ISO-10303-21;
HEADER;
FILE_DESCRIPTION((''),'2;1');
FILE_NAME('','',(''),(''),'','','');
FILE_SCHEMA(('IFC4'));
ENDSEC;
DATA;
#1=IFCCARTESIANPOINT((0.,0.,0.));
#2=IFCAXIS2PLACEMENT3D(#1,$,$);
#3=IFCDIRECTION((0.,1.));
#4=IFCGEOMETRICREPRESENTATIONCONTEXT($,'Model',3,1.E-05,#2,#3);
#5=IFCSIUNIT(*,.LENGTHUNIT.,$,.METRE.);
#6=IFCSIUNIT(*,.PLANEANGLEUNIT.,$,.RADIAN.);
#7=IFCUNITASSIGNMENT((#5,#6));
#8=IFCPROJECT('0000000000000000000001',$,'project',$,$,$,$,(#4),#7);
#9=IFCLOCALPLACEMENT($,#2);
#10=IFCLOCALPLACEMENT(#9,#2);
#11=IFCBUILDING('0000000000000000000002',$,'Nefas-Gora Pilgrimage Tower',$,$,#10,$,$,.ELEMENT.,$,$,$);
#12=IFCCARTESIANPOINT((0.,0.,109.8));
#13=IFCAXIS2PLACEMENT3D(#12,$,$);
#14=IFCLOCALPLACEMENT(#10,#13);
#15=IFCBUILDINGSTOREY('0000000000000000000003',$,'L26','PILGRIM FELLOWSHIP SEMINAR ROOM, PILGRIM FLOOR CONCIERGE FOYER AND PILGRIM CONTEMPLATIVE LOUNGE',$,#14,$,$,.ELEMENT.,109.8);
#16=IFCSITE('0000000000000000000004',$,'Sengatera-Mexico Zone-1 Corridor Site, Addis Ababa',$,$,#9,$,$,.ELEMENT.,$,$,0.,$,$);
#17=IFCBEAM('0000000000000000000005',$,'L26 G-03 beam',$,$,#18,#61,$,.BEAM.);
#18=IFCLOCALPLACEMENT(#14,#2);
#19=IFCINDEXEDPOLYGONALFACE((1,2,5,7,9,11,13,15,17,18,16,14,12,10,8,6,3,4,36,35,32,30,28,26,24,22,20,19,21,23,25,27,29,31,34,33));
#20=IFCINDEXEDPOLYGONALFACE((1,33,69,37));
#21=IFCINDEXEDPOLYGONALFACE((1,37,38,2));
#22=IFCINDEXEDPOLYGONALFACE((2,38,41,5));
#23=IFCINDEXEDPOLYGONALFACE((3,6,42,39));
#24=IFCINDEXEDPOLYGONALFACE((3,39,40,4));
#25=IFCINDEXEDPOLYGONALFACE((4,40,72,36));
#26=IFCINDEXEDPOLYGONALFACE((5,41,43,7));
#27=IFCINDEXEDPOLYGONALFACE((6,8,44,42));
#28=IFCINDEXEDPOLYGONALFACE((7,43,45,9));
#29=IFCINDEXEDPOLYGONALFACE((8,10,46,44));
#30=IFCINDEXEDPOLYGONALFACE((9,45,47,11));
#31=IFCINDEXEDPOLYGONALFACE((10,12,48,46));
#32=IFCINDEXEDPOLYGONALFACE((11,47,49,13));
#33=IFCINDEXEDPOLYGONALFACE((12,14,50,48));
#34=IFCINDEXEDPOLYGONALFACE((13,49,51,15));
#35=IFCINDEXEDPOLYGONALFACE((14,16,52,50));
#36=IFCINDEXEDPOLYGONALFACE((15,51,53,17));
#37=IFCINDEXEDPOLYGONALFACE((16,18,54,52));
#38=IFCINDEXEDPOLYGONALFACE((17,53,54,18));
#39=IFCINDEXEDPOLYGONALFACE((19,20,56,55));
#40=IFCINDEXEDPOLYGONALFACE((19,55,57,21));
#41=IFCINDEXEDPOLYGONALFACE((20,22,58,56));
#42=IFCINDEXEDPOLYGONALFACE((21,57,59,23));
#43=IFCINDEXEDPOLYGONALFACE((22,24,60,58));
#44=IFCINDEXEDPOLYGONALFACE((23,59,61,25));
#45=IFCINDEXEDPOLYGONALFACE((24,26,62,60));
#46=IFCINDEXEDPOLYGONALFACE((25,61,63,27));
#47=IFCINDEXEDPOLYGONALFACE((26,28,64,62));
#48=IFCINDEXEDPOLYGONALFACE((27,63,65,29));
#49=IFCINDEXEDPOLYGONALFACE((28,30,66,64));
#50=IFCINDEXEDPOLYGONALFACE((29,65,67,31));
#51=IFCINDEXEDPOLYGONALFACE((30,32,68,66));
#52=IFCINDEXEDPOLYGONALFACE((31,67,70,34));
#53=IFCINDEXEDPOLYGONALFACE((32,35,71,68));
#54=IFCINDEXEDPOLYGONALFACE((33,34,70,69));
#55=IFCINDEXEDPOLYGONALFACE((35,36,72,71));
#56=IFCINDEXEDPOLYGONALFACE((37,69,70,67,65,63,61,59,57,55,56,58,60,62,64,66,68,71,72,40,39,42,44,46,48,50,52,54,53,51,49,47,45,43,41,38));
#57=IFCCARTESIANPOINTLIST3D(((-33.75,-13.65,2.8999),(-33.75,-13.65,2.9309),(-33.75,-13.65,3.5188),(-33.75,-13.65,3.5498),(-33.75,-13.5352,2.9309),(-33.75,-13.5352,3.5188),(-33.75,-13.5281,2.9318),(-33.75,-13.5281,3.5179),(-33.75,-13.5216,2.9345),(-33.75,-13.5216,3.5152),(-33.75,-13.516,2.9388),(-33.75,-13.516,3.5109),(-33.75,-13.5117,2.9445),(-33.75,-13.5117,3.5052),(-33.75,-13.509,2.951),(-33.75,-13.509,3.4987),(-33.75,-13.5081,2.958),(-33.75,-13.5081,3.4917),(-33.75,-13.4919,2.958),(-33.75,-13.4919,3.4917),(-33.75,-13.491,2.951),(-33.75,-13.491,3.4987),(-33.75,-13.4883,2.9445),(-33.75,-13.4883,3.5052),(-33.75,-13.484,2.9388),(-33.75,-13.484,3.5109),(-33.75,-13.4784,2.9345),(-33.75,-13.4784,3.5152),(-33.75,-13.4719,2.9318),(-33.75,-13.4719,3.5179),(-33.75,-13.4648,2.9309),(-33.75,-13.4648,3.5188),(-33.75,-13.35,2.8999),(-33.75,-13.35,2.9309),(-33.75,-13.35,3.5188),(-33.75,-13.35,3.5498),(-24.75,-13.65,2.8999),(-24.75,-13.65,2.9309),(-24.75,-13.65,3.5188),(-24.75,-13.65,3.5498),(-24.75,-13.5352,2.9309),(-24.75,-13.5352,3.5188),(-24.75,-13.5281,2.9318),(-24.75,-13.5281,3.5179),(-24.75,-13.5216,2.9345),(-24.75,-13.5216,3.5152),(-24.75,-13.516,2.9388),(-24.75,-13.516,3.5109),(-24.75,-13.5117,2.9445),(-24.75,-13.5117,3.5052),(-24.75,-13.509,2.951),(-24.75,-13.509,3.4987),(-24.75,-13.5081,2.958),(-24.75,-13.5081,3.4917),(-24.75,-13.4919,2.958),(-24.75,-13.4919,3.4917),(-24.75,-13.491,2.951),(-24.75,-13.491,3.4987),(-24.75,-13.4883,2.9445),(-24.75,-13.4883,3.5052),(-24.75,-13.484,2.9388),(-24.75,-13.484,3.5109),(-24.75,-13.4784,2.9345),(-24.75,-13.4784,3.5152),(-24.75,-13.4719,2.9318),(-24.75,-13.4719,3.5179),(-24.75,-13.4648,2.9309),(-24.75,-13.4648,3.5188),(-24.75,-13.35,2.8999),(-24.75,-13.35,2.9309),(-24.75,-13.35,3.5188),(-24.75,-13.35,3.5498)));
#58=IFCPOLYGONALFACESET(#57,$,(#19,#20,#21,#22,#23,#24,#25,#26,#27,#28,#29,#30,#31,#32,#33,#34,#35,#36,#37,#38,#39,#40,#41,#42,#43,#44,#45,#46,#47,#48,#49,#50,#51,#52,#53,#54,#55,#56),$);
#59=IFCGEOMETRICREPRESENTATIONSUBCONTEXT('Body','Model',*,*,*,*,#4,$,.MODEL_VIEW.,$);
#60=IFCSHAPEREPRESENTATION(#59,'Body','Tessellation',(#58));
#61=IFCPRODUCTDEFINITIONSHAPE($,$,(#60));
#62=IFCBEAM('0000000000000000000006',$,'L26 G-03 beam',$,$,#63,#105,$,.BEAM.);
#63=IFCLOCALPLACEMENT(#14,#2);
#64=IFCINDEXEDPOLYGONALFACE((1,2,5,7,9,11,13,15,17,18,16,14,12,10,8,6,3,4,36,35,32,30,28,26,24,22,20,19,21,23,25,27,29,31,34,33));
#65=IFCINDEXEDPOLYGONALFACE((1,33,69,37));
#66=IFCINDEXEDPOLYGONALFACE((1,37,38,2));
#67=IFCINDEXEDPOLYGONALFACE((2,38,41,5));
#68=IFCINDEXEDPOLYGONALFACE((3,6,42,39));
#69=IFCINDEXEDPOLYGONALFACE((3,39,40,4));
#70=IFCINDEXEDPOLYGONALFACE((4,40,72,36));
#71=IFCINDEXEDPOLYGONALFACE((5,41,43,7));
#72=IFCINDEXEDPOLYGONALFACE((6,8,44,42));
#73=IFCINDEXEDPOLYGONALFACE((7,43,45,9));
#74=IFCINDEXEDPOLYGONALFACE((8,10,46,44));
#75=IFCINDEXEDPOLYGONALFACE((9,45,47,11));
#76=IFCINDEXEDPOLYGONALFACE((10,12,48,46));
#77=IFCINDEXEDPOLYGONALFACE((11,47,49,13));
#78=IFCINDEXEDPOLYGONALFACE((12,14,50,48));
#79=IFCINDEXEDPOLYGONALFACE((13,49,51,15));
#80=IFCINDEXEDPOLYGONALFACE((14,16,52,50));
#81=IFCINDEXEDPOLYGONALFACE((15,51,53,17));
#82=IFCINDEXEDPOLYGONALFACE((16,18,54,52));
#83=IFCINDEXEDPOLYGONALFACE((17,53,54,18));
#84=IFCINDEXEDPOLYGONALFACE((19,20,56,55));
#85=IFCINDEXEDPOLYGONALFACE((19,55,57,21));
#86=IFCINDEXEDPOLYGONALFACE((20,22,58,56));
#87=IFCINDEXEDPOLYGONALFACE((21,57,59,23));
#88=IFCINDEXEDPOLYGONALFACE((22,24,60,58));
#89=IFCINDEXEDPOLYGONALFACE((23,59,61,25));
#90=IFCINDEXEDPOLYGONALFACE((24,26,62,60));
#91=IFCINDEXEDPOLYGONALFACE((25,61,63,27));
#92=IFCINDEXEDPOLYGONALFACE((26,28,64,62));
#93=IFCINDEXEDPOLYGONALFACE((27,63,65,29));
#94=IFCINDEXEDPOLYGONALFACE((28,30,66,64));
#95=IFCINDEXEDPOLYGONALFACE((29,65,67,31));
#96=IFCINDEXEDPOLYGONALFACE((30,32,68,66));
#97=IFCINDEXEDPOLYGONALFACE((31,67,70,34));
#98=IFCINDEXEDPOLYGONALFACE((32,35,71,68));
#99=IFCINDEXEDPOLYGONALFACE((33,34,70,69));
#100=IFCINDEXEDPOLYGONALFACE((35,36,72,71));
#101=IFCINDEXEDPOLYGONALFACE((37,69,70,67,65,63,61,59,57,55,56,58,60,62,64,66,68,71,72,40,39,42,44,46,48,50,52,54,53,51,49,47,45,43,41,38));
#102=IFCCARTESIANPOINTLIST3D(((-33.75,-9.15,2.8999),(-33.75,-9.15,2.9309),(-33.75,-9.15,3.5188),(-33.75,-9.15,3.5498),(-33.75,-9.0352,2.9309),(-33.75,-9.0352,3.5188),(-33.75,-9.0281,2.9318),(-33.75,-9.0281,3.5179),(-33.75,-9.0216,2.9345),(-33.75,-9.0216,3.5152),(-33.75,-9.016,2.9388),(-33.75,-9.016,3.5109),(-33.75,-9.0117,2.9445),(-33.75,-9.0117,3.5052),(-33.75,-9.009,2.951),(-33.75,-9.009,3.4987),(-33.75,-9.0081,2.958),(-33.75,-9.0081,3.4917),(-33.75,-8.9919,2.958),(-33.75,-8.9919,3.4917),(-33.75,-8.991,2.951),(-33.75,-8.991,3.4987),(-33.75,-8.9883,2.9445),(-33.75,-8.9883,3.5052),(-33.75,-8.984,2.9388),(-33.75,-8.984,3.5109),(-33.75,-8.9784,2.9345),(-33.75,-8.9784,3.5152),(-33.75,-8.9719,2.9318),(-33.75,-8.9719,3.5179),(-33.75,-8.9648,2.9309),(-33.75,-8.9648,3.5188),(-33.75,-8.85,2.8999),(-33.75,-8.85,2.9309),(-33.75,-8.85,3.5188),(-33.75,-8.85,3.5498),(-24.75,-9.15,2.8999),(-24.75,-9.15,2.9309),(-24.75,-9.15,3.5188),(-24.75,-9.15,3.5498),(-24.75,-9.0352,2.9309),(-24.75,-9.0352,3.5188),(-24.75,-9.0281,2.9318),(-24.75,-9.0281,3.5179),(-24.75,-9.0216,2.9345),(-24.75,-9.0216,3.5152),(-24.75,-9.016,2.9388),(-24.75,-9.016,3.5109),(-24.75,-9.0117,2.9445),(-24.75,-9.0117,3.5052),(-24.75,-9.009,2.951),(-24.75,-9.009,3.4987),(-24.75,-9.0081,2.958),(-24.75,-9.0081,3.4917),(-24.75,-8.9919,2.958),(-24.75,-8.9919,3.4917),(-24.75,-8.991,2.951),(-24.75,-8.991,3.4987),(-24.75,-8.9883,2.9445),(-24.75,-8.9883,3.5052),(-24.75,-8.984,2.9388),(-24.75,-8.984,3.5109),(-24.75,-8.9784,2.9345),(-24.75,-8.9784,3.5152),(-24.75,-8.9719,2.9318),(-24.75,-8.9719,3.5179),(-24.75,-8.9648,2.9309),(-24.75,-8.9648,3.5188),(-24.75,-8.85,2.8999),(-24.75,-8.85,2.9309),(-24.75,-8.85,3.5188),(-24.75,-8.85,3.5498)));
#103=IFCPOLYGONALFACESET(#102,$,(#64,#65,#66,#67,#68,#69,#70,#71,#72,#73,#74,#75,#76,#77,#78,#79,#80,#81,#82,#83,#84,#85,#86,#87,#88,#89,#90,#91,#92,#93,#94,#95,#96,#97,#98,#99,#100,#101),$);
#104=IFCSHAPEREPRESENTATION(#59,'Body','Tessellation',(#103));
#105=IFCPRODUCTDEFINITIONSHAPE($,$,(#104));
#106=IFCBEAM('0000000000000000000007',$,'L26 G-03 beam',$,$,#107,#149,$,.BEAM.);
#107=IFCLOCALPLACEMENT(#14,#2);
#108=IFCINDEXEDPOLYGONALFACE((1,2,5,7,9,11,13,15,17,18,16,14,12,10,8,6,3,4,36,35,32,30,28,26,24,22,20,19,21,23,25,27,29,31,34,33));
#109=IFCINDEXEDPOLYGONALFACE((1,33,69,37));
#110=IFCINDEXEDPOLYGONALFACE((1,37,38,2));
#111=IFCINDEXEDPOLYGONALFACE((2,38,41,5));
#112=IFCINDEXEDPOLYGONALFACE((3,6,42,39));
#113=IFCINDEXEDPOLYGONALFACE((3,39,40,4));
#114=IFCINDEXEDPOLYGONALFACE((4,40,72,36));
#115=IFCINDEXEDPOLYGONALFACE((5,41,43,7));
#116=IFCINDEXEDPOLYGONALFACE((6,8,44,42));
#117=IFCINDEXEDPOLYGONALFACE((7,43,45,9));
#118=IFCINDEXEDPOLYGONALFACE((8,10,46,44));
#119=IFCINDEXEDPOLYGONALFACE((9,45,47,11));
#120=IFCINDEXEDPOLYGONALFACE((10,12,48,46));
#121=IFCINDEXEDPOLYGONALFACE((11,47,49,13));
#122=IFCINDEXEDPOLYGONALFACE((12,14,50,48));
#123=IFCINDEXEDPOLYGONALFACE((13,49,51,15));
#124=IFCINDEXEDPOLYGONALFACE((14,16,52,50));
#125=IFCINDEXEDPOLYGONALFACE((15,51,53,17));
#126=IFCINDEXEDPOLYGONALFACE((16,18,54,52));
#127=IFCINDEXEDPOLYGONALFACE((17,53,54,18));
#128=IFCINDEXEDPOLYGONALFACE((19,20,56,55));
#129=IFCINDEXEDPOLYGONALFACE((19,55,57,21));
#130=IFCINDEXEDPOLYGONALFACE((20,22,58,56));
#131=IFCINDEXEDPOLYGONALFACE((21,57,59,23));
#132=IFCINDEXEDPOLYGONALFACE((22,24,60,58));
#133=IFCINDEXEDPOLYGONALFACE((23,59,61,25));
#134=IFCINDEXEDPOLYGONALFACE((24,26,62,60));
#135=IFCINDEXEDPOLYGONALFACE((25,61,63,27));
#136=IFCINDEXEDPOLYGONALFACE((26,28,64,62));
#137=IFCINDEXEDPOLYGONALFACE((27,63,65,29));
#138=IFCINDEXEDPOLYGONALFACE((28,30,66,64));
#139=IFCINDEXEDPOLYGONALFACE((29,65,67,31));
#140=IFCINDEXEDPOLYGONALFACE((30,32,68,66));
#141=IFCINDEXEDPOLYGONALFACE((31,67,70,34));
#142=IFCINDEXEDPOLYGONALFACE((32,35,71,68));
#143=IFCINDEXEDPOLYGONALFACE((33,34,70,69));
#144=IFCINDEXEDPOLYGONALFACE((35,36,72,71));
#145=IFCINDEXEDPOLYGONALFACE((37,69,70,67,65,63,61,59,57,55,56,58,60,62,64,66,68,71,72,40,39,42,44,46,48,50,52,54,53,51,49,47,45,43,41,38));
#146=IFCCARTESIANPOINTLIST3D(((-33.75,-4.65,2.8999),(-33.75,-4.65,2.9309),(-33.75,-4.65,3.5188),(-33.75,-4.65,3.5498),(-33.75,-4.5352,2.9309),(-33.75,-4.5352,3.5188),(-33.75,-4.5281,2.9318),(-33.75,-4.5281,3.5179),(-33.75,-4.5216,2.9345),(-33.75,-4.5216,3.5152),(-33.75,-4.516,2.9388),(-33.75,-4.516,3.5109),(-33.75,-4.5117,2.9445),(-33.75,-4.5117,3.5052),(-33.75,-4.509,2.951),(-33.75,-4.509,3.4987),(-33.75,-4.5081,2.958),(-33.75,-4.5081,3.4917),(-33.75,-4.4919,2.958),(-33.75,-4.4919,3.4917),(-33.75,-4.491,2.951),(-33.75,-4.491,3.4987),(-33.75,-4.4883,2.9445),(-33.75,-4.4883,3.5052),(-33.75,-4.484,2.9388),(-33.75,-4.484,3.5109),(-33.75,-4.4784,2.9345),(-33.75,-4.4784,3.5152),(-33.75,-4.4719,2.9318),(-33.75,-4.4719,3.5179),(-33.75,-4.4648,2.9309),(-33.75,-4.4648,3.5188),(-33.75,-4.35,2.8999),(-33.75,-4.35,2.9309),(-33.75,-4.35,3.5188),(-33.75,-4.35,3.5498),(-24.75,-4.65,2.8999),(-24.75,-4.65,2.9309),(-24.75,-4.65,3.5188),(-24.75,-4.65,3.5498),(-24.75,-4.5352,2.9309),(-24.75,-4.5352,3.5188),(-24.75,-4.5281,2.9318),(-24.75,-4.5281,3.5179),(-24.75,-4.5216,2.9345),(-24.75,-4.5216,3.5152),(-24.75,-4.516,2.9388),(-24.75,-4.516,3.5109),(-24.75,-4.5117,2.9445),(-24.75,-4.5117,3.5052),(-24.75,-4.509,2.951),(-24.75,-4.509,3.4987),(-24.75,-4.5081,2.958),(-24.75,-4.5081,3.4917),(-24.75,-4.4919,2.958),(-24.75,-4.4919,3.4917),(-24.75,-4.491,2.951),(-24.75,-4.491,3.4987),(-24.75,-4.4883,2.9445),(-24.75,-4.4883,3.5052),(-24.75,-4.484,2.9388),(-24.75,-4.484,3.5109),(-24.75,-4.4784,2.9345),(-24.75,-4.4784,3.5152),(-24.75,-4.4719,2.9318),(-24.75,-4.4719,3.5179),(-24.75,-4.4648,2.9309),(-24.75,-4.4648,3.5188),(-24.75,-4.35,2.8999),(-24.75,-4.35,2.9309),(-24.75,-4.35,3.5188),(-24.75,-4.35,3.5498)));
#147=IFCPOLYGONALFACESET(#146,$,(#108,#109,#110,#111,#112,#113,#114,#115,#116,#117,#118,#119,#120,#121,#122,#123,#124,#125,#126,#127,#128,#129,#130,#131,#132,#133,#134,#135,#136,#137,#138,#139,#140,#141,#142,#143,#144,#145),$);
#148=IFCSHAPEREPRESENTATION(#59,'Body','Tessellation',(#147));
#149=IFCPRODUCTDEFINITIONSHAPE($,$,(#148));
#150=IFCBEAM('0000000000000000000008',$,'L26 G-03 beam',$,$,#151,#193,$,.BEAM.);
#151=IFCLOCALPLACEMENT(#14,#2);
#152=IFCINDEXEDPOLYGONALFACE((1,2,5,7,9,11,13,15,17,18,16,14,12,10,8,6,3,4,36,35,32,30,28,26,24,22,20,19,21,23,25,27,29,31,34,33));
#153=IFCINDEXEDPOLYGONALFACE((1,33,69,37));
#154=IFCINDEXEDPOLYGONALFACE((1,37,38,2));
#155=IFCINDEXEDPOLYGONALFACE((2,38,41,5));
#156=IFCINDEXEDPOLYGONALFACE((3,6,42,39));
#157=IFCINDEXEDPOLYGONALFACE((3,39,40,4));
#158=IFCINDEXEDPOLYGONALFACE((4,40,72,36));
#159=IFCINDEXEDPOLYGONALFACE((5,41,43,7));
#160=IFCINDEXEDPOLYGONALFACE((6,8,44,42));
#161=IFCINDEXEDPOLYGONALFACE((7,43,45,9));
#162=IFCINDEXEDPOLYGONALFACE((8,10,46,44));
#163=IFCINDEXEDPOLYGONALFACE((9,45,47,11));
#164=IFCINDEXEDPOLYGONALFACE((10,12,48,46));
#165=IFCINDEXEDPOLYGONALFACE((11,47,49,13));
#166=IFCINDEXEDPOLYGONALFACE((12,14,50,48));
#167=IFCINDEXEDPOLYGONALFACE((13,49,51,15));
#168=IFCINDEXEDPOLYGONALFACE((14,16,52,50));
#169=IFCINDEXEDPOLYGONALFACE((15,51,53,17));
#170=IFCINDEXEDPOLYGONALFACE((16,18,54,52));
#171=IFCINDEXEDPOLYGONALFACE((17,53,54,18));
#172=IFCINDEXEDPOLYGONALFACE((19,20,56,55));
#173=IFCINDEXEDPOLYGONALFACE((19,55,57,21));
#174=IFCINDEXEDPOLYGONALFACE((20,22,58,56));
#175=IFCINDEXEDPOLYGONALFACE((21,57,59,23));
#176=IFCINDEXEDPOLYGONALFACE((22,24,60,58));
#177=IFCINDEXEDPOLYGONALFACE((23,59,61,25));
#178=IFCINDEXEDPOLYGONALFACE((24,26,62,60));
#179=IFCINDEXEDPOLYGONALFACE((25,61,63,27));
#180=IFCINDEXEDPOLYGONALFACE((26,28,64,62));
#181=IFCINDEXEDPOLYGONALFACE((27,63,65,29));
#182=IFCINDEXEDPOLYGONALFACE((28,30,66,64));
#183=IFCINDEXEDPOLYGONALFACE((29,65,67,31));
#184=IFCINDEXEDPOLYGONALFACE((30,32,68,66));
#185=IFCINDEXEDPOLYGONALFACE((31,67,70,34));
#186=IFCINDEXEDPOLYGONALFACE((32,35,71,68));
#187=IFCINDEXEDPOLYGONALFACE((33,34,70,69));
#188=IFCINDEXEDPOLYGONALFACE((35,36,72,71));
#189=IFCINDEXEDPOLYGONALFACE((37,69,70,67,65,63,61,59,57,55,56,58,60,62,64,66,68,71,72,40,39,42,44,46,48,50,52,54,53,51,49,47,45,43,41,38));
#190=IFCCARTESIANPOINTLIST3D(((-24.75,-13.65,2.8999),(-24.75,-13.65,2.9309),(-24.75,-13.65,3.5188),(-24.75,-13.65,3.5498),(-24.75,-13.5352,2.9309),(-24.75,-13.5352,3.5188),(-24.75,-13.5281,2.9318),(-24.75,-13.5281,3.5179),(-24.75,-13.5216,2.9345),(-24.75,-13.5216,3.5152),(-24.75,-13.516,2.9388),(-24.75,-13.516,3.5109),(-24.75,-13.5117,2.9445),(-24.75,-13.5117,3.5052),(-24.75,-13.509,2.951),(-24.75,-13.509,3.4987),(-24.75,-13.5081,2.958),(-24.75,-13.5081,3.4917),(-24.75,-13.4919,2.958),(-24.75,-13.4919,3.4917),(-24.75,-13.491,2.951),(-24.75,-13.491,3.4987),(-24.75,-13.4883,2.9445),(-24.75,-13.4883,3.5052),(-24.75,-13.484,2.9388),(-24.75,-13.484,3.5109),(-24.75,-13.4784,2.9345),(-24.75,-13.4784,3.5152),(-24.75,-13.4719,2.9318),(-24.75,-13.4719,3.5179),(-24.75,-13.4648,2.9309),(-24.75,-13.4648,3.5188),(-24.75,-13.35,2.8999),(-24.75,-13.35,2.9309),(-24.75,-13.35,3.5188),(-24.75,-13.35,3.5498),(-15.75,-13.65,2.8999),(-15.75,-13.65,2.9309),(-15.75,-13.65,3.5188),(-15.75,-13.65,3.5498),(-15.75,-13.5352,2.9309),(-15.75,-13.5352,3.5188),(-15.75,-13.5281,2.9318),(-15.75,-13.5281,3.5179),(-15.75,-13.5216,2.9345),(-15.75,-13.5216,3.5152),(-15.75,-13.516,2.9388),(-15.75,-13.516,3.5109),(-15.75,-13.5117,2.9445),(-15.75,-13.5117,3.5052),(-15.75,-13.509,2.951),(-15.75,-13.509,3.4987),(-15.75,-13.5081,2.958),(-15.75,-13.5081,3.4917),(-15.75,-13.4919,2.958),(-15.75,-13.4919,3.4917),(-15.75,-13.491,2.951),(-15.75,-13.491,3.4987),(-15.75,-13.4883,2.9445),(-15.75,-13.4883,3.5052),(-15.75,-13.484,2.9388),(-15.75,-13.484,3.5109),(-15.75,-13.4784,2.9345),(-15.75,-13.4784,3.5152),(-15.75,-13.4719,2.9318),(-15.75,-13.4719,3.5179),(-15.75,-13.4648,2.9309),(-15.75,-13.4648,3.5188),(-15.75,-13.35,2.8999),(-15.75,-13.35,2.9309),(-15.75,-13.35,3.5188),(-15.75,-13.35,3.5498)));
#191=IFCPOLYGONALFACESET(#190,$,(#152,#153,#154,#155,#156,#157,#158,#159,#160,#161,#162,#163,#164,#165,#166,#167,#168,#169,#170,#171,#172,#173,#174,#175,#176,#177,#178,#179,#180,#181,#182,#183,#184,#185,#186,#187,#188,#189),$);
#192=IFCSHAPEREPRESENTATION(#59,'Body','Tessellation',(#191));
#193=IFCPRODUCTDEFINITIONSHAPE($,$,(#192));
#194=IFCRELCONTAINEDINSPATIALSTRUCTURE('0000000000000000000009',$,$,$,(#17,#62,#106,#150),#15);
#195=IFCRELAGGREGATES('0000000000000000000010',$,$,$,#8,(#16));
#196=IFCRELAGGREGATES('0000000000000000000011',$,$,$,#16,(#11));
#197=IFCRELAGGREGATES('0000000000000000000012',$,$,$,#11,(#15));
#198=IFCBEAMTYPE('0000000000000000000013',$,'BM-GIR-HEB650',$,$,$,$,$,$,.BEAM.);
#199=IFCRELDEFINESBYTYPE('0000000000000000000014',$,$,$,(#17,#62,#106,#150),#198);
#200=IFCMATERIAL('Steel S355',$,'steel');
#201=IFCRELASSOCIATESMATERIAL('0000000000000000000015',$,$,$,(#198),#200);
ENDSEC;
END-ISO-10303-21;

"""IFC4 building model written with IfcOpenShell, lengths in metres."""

from ifc_helpers import new_model, si_unit, direction, frame, origin, origin_2d, place, context, subcontext, project, spatial, i_section, extrude, source, transform, mapped, material, material_profile, profile_set, type_object, element, save


model = new_model("IFC4")

# Units and contexts
model_context = context("Model", 3, precision=1e-05, world=origin(), true_north=direction((0.0, 1.0)))
body_context = subcontext(model_context, "Body", "Model", "MODEL_VIEW")
ifc_project = project(units=[si_unit("LENGTHUNIT", "METRE"), si_unit("PLANEANGLEUNIT", "RADIAN")], contexts=[model_context])

# Site, building, storey
site_placement = place(None, origin())
site = spatial("IfcSite", under=ifc_project, at=site_placement, Name="Sengatera-Mexico Zone-1 Corridor Site, Addis Ababa", CompositionType="ELEMENT", RefElevation=0.0)
building_placement = place(site_placement, origin())
building = spatial("IfcBuilding", under=site, at=building_placement, Name="Nefas-Gora Pilgrimage Tower", CompositionType="ELEMENT")
storey_placement = place(building_placement, frame((0.0, 0.0, 109.8)))
storey = spatial("IfcBuildingStorey", under=building, at=storey_placement, Name="L26", Description="PILGRIM FELLOWSHIP SEMINAR ROOM, PILGRIM FLOOR CONCIERGE FOYER AND PILGRIM CONTEMPLATIVE LOUNGE", CompositionType="ELEMENT", Elevation=109.8)

# Beams
ifc_material_1 = material(Name="Steel S355", Category="steel")
ifc_material_profile_1 = material_profile(ifc_material_1, i_section(OverallWidth=0.3, OverallDepth=0.6499, WebThickness=0.0161, FlangeThickness=0.031, FilletRadius=0.0271, at=origin_2d()), Name="HEB 650")
ifc_profile_set_1 = profile_set([ifc_material_profile_1], Name="Steel S355")
beam_type_1 = type_object("IfcBeamType", Name="BM-GIR-HEB650", PredefinedType="BEAM", material=ifc_profile_set_1)
shared_shape_1 = source(origin(), body_context, "Body", "SweptSolid", [
    extrude(i_section(OverallWidth=0.3, OverallDepth=0.6499, WebThickness=0.0161, FlangeThickness=0.031, FilletRadius=0.0271, at=origin_2d()), origin(), (0.0, 0.0, 1.0), 9.0),
])
for number, where, z_axis, x_axis, name in (
    (1, (-33.75, -13.5, 3.2249), (1.0, 0.0, 0.0), (0.0, 1.0, 0.0), "L26 G-03 beam"),
    (2, (-33.75, -9.0, 3.2249), (1.0, 0.0, 0.0), (0.0, 1.0, 0.0), "L26 G-03 beam"),
    (3, (-33.75, -4.5, 3.2249), (1.0, 0.0, 0.0), (0.0, 1.0, 0.0), "L26 G-03 beam"),
    (4, (-24.75, -13.5, 3.2249), (1.0, 0.0, 0.0), (0.0, 1.0, 0.0), "L26 G-03 beam"),
):
    element("IfcBeam", number, at=place(storey_placement, frame(where, z_axis=z_axis, x_axis=x_axis)), inside=storey, type_object=beam_type_1, Name=name, PredefinedType="BEAM", context=body_context, shape_type="MappedRepresentation", body=[
        mapped(shared_shape_1, transform((0.0, 0.0, 0.0), x_axis=(1.0, 0.0, 0.0), y_axis=(0.0, 1.0, 0.0), z_axis=(0.0, 0.0, 1.0), scale=1.0)),
    ])

save(model, "model.ifc")
